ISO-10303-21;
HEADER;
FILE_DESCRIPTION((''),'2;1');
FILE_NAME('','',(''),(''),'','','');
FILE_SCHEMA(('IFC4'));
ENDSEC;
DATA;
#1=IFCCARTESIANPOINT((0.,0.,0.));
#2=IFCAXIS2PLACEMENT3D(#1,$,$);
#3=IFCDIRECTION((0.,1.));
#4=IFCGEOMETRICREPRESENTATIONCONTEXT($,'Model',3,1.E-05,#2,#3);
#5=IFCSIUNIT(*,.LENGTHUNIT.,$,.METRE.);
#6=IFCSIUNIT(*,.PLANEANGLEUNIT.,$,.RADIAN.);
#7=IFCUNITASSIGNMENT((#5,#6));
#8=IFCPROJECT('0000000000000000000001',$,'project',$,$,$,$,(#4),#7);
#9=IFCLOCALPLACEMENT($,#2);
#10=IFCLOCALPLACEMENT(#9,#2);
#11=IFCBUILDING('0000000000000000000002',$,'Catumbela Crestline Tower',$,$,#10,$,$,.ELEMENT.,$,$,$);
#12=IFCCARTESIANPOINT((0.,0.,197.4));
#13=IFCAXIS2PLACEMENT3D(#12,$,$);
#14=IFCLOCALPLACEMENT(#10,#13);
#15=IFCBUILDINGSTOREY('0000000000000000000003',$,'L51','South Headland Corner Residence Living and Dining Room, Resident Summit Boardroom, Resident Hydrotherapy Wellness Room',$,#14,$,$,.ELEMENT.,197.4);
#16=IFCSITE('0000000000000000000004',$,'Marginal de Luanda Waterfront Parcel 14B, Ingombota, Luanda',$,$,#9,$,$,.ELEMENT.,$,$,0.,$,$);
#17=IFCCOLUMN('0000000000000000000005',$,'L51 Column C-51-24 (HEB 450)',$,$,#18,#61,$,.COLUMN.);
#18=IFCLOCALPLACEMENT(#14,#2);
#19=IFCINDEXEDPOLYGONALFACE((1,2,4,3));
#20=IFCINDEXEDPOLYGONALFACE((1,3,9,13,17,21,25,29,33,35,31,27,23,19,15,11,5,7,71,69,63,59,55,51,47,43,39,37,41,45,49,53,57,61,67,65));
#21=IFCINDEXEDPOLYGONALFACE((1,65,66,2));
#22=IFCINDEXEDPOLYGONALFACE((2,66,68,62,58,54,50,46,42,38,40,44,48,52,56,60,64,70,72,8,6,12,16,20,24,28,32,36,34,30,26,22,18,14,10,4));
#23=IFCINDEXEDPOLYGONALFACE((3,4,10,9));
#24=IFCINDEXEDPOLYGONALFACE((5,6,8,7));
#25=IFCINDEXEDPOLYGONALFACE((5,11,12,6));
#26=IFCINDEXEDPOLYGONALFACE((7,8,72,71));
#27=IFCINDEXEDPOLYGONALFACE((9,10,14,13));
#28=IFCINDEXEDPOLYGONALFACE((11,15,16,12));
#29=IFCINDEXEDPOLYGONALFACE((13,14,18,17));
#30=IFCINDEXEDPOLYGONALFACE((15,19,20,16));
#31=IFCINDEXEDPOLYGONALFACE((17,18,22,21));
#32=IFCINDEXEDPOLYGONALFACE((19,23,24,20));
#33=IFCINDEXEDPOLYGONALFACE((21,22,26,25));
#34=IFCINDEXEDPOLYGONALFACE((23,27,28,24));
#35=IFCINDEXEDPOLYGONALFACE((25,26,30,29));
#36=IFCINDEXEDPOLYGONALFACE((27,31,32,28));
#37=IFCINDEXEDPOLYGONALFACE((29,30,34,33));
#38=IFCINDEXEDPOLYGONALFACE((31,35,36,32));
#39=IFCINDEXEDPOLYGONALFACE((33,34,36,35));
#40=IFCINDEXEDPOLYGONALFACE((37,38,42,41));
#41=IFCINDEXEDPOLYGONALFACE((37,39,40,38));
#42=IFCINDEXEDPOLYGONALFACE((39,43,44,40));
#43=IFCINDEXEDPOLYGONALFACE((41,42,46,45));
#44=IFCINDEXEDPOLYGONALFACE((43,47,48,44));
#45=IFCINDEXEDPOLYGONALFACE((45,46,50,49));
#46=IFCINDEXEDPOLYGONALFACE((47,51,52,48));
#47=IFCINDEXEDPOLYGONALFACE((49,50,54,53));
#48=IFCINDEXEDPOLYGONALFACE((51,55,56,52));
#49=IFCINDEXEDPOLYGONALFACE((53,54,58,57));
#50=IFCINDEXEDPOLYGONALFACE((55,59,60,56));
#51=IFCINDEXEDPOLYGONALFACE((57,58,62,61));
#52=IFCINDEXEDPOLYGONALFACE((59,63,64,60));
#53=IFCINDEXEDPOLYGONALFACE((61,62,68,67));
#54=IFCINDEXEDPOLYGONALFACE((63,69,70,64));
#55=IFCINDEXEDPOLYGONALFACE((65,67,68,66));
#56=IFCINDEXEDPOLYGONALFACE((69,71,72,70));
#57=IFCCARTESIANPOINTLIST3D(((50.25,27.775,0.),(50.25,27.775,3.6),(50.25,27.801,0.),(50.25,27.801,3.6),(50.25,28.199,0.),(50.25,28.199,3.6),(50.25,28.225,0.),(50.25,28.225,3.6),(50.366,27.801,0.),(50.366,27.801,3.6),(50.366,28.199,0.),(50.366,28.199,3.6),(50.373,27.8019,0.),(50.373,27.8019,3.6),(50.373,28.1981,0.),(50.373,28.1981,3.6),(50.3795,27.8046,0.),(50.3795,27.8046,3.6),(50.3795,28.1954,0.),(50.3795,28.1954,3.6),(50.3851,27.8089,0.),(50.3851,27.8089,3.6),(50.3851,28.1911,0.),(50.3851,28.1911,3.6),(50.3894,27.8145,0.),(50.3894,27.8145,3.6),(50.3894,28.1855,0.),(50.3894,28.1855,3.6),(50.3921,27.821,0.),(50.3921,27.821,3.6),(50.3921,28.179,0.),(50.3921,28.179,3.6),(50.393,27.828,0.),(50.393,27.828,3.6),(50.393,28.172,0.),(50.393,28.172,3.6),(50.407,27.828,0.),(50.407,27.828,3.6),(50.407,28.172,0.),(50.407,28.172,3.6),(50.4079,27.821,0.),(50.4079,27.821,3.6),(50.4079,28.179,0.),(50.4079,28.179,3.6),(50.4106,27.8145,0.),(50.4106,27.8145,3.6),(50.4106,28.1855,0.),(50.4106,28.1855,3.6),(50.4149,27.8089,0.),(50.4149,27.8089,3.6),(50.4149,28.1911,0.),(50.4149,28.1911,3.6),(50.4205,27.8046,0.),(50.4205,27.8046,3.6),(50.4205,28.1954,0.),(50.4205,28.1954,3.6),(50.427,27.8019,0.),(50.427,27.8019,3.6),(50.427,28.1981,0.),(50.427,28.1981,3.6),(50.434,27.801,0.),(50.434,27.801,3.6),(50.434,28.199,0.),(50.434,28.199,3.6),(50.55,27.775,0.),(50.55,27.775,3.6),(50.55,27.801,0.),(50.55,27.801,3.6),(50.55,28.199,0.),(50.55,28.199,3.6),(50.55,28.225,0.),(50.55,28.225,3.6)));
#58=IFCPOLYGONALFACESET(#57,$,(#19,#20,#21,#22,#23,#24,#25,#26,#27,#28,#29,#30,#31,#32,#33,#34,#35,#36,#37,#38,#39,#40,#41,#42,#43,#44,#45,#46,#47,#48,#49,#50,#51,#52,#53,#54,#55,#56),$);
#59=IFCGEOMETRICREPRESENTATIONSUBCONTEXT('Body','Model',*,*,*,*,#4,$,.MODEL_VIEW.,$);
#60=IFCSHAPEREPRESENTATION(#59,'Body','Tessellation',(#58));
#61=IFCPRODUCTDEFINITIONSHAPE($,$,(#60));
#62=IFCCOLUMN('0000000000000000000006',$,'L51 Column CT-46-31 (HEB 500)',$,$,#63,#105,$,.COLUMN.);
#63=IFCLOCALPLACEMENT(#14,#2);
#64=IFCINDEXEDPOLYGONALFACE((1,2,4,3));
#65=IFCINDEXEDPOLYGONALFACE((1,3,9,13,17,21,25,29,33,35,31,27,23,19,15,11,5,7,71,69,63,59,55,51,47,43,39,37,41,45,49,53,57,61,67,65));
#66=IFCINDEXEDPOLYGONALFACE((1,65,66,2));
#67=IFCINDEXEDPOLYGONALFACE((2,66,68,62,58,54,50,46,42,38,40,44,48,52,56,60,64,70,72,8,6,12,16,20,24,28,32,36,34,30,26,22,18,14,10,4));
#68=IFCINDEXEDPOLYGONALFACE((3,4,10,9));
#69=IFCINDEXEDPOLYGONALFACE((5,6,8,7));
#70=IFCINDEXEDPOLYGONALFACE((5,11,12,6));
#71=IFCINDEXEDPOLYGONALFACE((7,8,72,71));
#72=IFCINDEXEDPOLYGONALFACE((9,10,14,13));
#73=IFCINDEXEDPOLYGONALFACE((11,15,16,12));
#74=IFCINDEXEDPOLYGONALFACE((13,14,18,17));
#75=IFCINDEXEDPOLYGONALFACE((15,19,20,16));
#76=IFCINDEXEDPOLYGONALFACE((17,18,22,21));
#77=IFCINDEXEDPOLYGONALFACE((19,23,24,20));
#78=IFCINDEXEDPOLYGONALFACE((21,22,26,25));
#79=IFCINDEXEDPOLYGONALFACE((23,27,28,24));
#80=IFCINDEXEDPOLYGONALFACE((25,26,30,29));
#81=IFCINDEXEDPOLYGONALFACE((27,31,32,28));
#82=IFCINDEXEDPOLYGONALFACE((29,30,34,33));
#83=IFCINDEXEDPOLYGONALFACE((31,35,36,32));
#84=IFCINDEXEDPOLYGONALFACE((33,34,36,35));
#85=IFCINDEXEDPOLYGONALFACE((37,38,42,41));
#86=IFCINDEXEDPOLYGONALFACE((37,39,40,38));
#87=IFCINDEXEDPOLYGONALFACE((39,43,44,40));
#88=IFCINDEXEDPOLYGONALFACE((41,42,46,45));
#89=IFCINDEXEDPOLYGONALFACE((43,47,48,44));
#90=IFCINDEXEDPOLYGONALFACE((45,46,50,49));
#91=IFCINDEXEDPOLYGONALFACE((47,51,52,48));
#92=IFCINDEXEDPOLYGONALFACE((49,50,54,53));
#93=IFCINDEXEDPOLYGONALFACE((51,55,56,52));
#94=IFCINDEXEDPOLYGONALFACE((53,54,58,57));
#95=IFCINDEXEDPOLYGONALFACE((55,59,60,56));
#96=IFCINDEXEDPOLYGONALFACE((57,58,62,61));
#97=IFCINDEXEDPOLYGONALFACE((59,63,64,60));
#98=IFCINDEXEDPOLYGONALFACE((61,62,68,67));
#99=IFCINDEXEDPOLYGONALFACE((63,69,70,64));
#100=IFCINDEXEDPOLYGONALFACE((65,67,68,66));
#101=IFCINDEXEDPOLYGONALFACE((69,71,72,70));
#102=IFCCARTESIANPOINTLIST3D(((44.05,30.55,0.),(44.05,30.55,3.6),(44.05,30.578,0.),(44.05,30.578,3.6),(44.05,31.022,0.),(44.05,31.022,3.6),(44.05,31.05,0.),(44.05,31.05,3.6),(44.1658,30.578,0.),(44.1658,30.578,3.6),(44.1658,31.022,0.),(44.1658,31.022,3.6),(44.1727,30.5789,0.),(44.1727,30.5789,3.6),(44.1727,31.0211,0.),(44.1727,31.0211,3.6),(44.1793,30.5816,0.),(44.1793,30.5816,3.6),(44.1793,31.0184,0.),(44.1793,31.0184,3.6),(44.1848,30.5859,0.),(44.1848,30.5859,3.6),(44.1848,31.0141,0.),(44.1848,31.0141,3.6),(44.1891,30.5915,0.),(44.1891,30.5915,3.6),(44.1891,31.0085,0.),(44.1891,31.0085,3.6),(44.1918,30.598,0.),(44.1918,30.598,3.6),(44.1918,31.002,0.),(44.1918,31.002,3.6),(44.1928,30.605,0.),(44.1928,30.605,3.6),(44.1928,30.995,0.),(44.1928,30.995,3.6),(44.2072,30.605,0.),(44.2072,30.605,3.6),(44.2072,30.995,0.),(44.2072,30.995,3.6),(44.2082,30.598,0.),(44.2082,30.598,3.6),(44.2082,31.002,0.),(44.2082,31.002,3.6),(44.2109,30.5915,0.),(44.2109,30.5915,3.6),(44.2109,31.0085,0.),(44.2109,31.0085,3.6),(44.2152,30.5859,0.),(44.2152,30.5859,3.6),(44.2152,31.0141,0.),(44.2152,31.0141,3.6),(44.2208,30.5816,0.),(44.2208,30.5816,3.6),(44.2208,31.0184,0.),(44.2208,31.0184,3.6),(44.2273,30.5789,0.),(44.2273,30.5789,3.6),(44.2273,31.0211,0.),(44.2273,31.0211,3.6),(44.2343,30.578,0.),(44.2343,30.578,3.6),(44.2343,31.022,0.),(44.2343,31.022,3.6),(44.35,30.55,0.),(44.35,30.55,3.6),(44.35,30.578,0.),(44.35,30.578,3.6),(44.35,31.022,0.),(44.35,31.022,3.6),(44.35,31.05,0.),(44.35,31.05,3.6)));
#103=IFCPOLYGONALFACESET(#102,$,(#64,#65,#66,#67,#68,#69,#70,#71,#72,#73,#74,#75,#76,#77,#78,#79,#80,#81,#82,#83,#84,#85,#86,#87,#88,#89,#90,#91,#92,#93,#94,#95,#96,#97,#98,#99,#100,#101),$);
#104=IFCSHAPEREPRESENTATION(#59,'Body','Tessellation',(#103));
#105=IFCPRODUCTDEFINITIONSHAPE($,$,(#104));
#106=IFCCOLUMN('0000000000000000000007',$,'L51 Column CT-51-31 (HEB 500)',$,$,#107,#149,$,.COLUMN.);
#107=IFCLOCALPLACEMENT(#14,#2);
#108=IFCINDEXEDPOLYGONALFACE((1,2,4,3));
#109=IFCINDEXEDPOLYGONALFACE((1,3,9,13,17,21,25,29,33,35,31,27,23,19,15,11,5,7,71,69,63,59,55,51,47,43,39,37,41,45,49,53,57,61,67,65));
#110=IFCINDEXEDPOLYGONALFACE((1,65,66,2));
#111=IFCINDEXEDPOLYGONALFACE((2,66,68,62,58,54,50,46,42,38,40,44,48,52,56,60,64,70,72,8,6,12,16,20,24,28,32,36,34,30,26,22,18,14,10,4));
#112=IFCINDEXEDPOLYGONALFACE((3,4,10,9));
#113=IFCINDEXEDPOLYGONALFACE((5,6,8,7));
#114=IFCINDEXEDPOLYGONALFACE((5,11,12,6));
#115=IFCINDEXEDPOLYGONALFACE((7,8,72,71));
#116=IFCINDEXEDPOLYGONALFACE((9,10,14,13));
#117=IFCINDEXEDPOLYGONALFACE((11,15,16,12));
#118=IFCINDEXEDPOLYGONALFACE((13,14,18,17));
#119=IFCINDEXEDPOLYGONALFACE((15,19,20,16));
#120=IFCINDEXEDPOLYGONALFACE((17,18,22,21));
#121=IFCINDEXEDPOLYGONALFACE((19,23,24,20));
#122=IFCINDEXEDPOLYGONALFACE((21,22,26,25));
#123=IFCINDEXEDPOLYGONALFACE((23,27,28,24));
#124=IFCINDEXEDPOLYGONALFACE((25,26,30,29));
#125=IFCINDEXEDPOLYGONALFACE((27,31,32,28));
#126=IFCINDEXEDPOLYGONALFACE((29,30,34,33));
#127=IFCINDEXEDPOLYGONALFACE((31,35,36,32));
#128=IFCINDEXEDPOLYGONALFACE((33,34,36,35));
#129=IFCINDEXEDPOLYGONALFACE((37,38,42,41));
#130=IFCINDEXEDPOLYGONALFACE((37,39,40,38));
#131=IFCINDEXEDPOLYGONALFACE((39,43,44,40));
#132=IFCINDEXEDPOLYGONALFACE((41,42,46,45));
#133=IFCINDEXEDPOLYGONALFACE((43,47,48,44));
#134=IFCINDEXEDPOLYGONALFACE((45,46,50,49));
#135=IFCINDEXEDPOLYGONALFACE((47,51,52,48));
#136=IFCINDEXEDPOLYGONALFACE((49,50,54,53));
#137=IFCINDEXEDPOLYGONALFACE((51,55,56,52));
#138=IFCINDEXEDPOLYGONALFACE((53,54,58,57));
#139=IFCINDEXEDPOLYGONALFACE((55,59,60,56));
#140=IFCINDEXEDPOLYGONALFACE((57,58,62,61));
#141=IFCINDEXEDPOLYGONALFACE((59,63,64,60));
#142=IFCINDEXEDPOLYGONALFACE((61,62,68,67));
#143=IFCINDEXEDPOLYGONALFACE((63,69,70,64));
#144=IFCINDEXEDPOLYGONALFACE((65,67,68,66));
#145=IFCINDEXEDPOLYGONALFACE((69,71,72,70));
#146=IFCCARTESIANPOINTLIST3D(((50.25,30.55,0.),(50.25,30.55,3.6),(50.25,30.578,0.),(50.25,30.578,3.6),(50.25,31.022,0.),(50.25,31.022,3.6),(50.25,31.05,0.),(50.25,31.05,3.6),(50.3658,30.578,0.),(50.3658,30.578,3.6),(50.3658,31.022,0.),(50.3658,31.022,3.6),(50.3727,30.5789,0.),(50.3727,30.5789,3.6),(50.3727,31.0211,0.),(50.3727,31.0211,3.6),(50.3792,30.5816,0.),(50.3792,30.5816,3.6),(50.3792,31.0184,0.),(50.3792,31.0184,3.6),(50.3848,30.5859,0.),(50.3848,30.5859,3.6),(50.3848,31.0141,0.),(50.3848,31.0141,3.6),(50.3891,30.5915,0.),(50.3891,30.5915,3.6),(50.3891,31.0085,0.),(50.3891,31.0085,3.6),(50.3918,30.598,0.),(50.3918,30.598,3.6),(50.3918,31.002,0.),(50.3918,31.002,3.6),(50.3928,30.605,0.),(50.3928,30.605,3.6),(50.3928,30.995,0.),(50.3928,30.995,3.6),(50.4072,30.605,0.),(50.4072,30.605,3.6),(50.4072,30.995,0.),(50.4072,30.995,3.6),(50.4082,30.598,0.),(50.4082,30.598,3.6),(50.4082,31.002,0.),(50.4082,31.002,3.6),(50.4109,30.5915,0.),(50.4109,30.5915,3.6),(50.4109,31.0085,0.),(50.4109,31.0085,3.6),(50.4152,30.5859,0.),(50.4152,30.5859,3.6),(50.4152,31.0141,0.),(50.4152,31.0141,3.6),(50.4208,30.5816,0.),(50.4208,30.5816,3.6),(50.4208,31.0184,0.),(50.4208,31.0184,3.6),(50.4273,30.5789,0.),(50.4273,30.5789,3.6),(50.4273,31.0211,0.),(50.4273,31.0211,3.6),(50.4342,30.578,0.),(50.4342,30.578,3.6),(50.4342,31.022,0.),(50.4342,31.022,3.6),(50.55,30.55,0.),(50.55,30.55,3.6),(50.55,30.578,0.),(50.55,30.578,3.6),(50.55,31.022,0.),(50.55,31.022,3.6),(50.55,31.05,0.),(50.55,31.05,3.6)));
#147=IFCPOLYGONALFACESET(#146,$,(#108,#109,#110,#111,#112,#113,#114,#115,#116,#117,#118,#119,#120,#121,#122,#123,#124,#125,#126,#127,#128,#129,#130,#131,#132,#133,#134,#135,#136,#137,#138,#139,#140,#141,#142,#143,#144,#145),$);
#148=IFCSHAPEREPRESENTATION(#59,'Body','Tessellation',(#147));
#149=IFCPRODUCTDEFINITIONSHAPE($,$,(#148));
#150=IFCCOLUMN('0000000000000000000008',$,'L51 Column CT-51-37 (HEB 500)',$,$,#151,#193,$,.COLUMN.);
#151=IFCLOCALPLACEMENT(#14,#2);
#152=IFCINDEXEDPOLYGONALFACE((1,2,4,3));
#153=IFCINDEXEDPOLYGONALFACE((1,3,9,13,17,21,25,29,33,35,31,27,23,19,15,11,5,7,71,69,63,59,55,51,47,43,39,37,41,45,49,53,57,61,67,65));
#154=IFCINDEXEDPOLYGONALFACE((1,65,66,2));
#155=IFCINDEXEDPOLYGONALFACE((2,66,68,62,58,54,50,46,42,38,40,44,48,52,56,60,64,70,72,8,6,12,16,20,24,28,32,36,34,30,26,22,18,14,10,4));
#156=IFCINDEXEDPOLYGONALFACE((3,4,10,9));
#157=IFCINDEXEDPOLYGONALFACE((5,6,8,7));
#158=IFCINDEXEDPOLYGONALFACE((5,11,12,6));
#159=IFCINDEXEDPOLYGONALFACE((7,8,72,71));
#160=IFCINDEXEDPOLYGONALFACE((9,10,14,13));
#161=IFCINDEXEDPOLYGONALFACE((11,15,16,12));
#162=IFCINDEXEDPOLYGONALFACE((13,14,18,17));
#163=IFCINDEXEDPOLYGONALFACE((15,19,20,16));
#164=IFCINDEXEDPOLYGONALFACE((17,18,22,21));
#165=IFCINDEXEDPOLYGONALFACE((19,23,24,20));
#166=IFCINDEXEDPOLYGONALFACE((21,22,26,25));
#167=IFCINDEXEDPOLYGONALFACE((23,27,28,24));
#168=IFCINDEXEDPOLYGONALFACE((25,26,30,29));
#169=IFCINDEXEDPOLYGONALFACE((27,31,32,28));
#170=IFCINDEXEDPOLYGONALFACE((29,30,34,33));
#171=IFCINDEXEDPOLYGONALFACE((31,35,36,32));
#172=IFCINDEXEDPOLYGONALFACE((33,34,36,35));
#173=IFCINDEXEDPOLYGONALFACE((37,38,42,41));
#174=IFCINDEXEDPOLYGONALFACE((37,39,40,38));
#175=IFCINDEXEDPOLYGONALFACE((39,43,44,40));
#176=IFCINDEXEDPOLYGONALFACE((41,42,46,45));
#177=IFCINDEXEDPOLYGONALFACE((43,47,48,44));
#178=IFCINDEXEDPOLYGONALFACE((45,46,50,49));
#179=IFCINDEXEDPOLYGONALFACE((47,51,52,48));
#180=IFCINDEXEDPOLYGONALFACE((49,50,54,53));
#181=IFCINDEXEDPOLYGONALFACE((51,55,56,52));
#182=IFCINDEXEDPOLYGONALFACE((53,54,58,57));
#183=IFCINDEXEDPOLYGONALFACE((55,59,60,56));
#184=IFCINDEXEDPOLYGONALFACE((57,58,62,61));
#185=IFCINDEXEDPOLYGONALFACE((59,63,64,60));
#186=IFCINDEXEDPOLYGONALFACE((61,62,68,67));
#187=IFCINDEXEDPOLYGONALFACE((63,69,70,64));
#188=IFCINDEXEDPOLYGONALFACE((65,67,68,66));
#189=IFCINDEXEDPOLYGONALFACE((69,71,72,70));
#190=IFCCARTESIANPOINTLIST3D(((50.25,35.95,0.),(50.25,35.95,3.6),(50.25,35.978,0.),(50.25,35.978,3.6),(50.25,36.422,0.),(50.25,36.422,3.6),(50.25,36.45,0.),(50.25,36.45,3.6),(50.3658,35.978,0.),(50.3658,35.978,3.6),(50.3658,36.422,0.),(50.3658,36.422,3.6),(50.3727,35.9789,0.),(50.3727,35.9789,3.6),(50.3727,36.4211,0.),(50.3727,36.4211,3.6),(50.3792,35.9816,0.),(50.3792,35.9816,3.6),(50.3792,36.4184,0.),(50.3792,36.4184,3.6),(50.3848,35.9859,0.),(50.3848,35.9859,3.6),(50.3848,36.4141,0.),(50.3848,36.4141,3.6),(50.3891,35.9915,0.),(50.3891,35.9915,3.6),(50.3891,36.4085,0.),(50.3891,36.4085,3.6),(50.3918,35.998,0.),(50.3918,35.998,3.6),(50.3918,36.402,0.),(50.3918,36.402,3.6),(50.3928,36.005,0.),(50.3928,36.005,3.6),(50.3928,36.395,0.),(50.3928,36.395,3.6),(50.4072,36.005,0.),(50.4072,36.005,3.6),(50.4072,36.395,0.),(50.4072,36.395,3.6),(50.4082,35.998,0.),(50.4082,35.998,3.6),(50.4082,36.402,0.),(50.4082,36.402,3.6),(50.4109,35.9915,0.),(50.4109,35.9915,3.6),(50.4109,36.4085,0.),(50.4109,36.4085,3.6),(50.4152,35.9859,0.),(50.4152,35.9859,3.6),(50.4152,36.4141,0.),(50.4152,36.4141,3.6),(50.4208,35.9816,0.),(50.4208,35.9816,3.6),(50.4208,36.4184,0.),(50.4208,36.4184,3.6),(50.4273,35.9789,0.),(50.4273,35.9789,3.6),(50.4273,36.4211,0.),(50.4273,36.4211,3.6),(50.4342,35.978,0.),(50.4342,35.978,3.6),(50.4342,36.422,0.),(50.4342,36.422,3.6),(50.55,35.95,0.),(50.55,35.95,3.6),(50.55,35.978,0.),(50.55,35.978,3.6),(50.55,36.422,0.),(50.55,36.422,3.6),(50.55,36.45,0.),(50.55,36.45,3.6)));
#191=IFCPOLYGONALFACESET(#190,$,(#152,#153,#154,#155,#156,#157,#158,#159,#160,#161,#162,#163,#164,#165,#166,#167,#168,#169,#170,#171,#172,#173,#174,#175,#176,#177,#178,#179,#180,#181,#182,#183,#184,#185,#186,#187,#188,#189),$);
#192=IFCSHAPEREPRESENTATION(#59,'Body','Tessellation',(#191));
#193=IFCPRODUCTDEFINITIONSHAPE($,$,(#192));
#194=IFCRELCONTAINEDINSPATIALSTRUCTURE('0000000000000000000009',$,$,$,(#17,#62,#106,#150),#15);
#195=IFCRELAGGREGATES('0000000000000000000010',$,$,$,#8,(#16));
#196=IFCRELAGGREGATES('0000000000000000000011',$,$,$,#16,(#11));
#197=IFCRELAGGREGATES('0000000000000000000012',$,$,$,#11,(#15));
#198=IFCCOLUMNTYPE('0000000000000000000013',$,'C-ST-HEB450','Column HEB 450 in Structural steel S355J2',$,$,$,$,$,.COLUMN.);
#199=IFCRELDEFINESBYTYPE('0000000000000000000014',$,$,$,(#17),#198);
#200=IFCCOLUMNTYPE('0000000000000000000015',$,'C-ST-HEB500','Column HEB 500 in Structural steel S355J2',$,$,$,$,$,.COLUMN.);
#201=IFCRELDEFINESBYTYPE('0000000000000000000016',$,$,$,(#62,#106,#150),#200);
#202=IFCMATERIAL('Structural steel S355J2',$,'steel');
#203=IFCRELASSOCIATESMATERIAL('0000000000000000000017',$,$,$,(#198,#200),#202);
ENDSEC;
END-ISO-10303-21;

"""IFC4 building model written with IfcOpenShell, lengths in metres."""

from ifc_helpers import new_model, si_unit, direction, frame, origin, origin_2d, place, context, subcontext, project, spatial, i_section, extrude, material, material_profile, profile_set, type_object, element, save


model = new_model("IFC4")

# Units and contexts
model_context = context("Model", 3, precision=1e-05, world=origin(), true_north=direction((0.0, 1.0)))
body_context = subcontext(model_context, "Body", "Model", "MODEL_VIEW")
ifc_project = project(units=[si_unit("LENGTHUNIT", "METRE"), si_unit("PLANEANGLEUNIT", "RADIAN")], contexts=[model_context])

# Site, building, storey
site_placement = place(None, origin())
site = spatial("IfcSite", under=ifc_project, at=site_placement, Name="Marginal de Luanda Waterfront Parcel 14B, Ingombota, Luanda", CompositionType="ELEMENT", RefElevation=0.0)
building_placement = place(site_placement, origin())
building = spatial("IfcBuilding", under=site, at=building_placement, Name="Catumbela Crestline Tower", CompositionType="ELEMENT")
storey_placement = place(building_placement, frame((0.0, 0.0, 197.4)))
storey = spatial("IfcBuildingStorey", under=building, at=storey_placement, Name="L51", Description="South Headland Corner Residence Living and Dining Room, Resident Summit Boardroom, Resident Hydrotherapy Wellness Room", CompositionType="ELEMENT", Elevation=197.4)

# Columns
ifc_material_1 = material(Name="Structural steel S355J2", Category="steel")
ifc_material_profile_1 = material_profile(ifc_material_1, i_section(OverallWidth=0.3, OverallDepth=0.45, WebThickness=0.014, FlangeThickness=0.026, FilletRadius=0.027, at=origin_2d()), Name="HEB 450")
ifc_profile_set_1 = profile_set([ifc_material_profile_1], Name="Structural steel S355J2")
column_type_1 = type_object("IfcColumnType", Name="C-ST-HEB450", Description="Column HEB 450 in Structural steel S355J2", PredefinedType="COLUMN", material=ifc_profile_set_1)
column_placement = place(storey_placement, frame((50.4, 28.0, 0.0), z_axis=(0.0, 0.0, 1.0), x_axis=(1.0, 0.0, 0.0)))
element("IfcColumn", 1, at=column_placement, inside=storey, type_object=column_type_1, Name="L51 Column C-51-24 (HEB 450)", PredefinedType="COLUMN", context=body_context, shape_type="SweptSolid", body=[
    extrude(i_section(OverallWidth=0.3, OverallDepth=0.45, WebThickness=0.014, FlangeThickness=0.026, FilletRadius=0.027, at=origin_2d()), origin(), (0.0, 0.0, 1.0), 3.6),
])
ifc_material_profile_2 = material_profile(ifc_material_1, i_section(OverallWidth=0.3, OverallDepth=0.5, WebThickness=0.0145, FlangeThickness=0.028, FilletRadius=0.027, at=origin_2d()), Name="HEB 500")
ifc_profile_set_2 = profile_set([ifc_material_profile_2], Name="Structural steel S355J2")
column_type_2 = type_object("IfcColumnType", Name="C-ST-HEB500", Description="Column HEB 500 in Structural steel S355J2", PredefinedType="COLUMN", material=ifc_profile_set_2)
for number, where, z_axis, x_axis, name in (
    (2, (44.2, 30.8, 0.0), (0.0, 0.0, 1.0), (1.0, 0.0, 0.0), "L51 Column CT-46-31 (HEB 500)"),
    (3, (50.4, 30.8, 0.0), (0.0, 0.0, 1.0), (1.0, 0.0, 0.0), "L51 Column CT-51-31 (HEB 500)"),
    (4, (50.4, 36.2, 0.0), (0.0, 0.0, 1.0), (1.0, 0.0, 0.0), "L51 Column CT-51-37 (HEB 500)"),
):
    element("IfcColumn", number, at=place(storey_placement, frame(where, z_axis=z_axis, x_axis=x_axis)), inside=storey, type_object=column_type_2, Name=name, PredefinedType="COLUMN", context=body_context, shape_type="SweptSolid", body=[
        extrude(i_section(OverallWidth=0.3, OverallDepth=0.5, WebThickness=0.0145, FlangeThickness=0.028, FilletRadius=0.027, at=origin_2d()), origin(), (0.0, 0.0, 1.0), 3.6),
    ])

save(model, "model.ifc")
